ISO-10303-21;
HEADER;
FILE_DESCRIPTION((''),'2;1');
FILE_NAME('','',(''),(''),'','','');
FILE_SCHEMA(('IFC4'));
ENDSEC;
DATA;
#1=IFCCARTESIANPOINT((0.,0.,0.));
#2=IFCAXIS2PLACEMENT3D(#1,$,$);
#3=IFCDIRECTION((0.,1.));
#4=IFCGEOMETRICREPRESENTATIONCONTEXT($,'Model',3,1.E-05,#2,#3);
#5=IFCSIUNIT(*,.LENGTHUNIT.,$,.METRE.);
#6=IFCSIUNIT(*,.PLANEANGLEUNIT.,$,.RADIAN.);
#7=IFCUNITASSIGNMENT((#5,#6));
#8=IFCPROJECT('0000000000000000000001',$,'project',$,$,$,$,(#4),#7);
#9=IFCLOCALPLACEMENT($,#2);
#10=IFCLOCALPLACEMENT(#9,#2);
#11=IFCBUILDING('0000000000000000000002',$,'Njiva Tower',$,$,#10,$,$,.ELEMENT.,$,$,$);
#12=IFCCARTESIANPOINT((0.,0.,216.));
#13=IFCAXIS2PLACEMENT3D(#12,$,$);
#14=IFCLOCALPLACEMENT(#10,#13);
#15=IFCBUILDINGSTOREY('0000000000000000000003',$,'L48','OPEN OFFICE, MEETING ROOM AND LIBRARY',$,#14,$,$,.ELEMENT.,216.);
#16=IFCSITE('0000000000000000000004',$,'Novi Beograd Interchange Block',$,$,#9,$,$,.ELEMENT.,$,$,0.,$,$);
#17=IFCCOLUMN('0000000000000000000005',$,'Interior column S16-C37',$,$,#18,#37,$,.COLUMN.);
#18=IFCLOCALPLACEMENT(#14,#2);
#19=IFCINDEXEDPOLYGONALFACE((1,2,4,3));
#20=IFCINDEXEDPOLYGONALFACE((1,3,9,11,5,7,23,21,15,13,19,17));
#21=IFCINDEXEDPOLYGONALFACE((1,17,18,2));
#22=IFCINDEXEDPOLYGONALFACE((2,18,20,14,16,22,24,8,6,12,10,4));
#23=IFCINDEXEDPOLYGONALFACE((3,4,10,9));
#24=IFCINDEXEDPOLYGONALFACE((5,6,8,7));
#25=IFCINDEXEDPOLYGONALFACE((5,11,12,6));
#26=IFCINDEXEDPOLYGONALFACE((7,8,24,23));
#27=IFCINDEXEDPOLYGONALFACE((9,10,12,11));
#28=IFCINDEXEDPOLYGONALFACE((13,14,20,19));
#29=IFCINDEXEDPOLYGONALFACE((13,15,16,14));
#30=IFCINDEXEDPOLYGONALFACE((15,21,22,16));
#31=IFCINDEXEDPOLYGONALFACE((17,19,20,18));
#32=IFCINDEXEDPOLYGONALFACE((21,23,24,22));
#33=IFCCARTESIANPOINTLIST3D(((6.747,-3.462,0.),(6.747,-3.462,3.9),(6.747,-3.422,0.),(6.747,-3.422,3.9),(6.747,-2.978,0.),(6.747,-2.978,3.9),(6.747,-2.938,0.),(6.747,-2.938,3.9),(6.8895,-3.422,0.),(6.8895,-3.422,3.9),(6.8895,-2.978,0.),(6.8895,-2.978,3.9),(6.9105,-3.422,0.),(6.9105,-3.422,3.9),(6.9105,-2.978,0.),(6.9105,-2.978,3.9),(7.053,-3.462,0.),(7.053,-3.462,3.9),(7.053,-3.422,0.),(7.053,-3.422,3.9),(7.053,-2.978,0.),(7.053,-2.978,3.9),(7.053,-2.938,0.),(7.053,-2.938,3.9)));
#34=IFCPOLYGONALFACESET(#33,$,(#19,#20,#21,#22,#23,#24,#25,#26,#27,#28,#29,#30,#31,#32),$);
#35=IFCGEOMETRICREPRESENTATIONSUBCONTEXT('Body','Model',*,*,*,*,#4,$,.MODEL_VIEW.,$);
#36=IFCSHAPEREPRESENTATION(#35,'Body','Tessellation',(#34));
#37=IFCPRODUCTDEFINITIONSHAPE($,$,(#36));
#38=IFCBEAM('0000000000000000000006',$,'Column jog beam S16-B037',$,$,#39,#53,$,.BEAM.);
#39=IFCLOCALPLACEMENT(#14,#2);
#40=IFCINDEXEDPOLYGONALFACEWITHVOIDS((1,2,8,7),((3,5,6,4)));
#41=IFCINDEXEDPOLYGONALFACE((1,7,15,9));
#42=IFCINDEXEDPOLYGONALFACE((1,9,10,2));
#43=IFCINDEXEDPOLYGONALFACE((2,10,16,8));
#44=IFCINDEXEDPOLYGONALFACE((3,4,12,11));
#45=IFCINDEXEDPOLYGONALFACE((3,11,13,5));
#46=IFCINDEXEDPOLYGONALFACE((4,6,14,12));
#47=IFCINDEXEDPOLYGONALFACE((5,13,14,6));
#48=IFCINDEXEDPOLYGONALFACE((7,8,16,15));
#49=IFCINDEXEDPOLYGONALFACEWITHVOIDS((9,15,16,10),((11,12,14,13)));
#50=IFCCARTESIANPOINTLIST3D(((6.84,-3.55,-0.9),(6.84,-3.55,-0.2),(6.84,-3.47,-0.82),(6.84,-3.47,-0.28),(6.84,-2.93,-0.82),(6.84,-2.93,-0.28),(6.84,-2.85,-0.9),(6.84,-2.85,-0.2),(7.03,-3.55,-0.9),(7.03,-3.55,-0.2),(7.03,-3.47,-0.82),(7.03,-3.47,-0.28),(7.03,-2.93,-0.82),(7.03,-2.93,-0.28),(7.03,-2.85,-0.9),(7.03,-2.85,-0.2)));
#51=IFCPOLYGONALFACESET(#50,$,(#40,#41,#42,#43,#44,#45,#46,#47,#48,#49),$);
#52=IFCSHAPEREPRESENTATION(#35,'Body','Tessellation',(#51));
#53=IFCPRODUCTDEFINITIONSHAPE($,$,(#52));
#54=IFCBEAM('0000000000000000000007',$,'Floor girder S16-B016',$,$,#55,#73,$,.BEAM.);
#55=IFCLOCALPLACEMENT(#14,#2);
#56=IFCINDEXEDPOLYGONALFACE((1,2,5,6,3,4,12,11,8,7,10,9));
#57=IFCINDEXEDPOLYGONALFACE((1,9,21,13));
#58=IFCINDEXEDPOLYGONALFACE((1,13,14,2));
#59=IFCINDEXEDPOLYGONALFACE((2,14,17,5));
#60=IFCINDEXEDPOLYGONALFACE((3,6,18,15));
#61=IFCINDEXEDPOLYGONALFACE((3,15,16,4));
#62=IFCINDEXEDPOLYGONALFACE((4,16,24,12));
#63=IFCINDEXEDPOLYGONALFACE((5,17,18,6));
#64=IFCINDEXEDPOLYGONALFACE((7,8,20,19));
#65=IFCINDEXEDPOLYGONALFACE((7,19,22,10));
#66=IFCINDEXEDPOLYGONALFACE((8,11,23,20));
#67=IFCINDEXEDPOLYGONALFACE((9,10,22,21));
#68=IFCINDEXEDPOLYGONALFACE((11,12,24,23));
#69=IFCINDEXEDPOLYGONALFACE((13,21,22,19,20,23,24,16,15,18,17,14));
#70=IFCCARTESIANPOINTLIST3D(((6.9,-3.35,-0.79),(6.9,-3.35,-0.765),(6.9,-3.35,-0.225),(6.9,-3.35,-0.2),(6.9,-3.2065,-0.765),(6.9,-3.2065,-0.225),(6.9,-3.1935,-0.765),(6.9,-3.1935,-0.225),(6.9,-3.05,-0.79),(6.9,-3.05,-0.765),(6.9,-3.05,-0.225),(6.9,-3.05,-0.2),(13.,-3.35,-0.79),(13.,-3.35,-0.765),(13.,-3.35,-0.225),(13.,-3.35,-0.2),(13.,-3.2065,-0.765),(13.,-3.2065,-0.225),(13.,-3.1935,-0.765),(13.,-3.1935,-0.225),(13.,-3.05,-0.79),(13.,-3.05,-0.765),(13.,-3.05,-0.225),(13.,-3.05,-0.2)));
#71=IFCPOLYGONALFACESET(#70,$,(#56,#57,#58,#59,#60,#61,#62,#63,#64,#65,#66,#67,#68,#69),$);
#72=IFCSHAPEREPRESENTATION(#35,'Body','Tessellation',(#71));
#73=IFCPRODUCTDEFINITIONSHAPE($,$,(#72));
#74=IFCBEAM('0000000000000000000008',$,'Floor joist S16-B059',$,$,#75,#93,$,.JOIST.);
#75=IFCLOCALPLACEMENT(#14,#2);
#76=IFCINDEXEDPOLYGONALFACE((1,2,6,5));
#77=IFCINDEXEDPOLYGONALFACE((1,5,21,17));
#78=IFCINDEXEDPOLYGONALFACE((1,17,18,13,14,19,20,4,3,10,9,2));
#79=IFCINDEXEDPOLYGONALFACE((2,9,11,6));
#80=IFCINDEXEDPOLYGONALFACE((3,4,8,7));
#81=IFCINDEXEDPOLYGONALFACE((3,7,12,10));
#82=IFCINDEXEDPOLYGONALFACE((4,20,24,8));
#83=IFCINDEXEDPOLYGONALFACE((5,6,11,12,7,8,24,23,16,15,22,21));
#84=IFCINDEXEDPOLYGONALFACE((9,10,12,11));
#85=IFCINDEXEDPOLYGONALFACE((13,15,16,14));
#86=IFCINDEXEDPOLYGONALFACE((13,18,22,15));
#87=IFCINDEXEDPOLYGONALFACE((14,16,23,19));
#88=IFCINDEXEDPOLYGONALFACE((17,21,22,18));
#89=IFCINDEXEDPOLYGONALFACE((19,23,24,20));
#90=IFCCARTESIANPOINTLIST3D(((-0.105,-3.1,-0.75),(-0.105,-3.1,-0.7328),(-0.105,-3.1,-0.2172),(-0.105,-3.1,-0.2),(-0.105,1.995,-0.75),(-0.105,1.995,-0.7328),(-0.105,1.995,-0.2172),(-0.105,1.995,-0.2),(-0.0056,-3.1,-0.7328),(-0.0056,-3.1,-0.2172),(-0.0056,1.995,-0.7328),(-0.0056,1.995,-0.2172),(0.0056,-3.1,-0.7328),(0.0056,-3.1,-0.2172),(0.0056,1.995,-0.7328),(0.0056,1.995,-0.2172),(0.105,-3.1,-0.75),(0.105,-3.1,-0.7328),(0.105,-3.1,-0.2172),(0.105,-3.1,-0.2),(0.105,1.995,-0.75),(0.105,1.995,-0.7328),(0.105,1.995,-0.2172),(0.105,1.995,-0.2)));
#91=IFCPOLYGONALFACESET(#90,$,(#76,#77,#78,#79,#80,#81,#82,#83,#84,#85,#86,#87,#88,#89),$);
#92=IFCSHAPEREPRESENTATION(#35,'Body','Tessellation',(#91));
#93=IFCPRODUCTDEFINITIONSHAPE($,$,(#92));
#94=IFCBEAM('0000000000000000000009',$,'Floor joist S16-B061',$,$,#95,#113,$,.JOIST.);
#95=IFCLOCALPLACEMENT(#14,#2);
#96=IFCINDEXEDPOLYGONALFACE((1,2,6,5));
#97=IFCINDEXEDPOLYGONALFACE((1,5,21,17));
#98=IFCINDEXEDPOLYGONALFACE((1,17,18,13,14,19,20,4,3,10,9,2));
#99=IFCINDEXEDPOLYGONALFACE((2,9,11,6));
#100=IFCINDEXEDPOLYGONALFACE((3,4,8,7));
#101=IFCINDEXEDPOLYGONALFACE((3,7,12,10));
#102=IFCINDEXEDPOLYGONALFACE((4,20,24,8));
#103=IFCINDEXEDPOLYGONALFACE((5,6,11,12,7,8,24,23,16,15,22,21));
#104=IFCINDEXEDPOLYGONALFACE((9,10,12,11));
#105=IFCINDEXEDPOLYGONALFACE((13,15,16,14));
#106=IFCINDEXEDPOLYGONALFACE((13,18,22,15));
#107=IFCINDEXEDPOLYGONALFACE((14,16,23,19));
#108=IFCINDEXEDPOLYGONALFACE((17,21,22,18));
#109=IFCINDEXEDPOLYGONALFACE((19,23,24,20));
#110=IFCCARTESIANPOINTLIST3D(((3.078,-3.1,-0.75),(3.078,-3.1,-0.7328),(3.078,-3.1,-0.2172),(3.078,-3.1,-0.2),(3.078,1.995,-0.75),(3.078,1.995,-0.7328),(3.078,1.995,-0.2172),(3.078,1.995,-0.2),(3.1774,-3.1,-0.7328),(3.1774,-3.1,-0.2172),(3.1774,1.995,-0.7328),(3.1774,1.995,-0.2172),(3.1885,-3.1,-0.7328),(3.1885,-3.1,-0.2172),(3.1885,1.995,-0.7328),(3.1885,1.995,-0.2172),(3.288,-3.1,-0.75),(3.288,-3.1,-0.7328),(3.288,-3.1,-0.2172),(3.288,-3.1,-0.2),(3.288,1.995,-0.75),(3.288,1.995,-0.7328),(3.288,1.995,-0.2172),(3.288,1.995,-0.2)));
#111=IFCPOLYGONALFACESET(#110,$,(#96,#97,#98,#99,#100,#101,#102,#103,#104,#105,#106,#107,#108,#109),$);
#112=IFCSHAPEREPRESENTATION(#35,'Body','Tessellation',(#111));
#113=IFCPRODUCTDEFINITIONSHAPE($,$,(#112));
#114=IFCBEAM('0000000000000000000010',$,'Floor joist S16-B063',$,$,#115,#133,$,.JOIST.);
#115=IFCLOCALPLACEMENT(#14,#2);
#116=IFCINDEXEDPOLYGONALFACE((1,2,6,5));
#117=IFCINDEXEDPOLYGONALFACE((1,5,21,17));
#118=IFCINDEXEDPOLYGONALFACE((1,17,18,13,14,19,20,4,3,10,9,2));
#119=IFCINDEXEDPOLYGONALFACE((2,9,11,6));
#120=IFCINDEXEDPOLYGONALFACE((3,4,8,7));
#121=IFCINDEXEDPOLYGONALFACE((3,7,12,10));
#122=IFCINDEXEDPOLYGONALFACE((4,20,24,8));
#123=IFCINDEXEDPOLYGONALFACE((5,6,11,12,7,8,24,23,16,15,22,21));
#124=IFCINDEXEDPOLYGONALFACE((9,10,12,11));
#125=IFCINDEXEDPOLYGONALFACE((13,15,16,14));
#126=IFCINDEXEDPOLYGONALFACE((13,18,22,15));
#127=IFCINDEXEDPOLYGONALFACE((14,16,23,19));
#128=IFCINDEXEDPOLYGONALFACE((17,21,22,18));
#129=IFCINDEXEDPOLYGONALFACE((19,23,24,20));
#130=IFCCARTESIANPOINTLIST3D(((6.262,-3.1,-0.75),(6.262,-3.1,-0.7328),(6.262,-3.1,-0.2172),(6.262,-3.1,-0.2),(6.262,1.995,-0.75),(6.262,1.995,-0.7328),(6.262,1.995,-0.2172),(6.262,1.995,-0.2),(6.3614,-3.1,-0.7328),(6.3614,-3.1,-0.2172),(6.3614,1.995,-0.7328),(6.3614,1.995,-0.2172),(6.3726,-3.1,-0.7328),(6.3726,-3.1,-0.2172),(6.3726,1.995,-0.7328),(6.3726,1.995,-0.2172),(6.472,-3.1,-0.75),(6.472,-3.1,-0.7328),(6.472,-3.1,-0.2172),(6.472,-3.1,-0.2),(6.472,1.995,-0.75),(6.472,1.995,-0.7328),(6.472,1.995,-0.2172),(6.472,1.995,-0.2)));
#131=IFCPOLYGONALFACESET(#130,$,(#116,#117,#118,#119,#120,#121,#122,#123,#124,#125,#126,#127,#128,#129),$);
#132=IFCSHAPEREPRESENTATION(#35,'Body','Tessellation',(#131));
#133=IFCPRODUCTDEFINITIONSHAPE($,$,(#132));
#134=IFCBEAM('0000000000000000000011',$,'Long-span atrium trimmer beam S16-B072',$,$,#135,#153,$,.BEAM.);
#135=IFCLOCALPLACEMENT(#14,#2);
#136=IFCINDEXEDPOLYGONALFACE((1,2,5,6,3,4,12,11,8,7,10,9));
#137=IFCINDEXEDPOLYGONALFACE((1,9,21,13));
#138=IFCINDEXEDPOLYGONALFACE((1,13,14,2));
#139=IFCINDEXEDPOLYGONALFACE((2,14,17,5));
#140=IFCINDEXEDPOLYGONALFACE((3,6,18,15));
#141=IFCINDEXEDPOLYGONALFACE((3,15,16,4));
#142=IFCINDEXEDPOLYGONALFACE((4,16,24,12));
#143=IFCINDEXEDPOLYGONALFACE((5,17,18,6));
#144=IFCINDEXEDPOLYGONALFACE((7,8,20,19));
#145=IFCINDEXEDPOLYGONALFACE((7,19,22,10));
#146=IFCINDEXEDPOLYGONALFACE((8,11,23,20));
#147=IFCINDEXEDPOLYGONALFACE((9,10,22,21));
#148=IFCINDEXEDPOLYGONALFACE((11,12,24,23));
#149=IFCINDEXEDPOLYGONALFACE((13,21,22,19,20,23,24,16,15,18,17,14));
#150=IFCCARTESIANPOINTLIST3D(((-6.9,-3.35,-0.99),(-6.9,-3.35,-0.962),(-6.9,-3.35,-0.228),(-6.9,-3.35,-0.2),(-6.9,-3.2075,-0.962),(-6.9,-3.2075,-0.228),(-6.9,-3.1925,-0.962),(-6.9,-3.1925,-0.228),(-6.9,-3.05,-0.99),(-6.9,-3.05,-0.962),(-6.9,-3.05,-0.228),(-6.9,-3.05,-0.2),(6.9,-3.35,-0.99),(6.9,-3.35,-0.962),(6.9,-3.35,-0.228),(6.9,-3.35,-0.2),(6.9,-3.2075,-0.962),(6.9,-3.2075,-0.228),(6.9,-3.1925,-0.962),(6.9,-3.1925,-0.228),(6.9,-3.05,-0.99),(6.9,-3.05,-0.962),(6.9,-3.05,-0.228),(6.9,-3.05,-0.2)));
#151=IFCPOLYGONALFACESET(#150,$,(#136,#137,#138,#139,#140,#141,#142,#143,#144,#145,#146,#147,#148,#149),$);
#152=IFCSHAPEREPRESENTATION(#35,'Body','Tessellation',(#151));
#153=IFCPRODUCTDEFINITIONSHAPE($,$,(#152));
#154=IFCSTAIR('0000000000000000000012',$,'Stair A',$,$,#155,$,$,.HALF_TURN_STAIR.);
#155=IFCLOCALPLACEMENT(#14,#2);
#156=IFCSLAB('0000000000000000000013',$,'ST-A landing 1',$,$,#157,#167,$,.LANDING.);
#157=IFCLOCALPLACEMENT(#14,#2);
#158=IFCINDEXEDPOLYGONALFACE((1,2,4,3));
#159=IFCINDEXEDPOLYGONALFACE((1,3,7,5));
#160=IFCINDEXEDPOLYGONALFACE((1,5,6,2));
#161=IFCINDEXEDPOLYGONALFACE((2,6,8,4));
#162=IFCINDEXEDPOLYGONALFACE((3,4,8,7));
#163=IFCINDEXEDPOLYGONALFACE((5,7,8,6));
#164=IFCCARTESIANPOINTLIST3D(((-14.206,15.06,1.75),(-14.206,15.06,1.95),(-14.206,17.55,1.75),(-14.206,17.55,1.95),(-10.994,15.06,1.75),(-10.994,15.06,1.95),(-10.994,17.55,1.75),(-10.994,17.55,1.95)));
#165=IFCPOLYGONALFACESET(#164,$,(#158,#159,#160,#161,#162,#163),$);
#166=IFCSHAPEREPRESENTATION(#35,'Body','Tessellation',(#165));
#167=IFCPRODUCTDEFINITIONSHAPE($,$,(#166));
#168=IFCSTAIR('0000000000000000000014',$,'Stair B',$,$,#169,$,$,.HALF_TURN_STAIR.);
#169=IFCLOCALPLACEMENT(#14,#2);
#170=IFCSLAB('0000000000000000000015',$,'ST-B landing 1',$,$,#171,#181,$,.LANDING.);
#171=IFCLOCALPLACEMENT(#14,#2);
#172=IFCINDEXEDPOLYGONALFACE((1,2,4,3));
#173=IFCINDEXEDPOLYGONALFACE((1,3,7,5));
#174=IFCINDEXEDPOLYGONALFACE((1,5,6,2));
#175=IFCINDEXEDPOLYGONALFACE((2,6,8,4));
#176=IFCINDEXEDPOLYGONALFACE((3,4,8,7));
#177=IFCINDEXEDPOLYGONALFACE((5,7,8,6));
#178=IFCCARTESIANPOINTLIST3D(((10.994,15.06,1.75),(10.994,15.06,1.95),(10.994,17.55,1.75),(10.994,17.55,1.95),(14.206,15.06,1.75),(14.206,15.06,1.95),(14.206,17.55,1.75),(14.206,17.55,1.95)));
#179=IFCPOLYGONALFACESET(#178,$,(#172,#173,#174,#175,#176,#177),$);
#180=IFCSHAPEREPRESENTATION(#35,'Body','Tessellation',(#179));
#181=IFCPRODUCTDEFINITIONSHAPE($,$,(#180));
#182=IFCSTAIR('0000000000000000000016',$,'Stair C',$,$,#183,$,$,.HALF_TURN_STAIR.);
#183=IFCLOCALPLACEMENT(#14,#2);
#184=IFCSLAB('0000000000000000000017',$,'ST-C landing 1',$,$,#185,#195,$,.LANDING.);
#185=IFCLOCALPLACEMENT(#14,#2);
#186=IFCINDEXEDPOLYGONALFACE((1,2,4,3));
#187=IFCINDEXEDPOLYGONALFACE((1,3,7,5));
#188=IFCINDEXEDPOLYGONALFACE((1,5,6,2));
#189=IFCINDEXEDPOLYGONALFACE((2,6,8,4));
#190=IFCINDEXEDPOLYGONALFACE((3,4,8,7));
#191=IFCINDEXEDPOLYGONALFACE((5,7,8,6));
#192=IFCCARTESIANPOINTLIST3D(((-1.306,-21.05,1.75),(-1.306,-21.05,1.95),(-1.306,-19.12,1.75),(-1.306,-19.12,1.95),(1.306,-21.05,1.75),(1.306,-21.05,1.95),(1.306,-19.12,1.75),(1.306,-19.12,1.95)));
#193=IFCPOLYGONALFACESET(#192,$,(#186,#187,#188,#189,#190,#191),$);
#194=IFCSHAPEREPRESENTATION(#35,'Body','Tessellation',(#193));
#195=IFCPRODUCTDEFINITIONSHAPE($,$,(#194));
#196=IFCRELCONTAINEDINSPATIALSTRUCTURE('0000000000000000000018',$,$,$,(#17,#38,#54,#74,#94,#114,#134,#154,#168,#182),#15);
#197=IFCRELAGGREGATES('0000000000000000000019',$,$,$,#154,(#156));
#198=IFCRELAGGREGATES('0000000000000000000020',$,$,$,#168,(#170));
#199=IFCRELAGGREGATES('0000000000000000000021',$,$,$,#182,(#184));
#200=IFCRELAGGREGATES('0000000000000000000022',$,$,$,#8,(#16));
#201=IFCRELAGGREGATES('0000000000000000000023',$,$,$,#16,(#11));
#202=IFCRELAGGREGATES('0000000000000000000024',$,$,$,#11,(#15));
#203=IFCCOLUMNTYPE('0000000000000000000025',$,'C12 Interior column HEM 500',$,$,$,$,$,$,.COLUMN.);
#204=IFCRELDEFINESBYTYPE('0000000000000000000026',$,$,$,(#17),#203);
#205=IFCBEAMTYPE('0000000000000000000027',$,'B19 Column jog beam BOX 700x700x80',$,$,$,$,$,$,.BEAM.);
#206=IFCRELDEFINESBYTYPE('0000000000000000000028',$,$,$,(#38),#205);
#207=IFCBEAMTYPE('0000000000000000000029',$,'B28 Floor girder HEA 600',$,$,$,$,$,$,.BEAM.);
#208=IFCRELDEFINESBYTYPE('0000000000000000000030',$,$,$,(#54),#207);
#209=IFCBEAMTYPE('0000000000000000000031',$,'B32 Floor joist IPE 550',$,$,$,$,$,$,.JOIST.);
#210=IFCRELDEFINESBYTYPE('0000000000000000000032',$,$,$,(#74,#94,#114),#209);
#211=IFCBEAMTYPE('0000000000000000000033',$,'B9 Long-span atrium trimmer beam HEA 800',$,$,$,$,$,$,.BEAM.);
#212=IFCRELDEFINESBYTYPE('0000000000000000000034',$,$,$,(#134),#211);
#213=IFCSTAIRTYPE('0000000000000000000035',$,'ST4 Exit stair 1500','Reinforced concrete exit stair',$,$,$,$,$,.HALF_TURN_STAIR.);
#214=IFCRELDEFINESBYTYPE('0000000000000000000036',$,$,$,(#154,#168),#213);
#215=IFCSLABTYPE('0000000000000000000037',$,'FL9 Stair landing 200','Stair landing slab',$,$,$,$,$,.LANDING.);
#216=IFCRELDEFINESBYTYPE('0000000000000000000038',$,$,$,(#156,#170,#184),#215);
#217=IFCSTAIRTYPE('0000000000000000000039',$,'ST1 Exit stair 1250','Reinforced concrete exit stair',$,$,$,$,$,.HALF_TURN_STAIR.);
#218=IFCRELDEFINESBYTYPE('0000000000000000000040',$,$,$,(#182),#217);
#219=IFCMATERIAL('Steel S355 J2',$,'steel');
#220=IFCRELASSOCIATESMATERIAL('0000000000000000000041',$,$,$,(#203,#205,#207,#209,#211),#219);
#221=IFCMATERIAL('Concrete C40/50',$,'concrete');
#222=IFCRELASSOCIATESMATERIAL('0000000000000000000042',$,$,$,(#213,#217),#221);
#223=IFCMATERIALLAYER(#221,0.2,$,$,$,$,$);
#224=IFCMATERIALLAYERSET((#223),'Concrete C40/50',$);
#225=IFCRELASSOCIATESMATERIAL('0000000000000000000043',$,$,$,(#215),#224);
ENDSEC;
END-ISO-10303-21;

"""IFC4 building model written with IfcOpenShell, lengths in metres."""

from ifc_helpers import new_model, si_unit, direction, frame, origin, origin_2d, place, context, subcontext, project, spatial, polyline, hollow_rectangle, i_section, outline, extrude, material, layer, layer_set, material_profile, profile_set, type_object, element, aggregate, save


model = new_model("IFC4")

# Units and contexts
model_context = context("Model", 3, precision=1e-05, world=origin(), true_north=direction((0.0, 1.0)))
body_context = subcontext(model_context, "Body", "Model", "MODEL_VIEW")
ifc_project = project(units=[si_unit("LENGTHUNIT", "METRE"), si_unit("PLANEANGLEUNIT", "RADIAN")], contexts=[model_context])

# Site, building, storey
site_placement = place(None, origin())
site = spatial("IfcSite", under=ifc_project, at=site_placement, Name="Novi Beograd Interchange Block", CompositionType="ELEMENT", RefElevation=0.0)
building_placement = place(site_placement, origin())
building = spatial("IfcBuilding", under=site, at=building_placement, Name="Njiva Tower", CompositionType="ELEMENT")
storey_placement = place(building_placement, frame((0.0, 0.0, 216.0)))
storey = spatial("IfcBuildingStorey", under=building, at=storey_placement, Name="L48", Description="OPEN OFFICE, MEETING ROOM AND LIBRARY", CompositionType="ELEMENT", Elevation=216.0)

# Column
ifc_material_1 = material(Name="Steel S355 J2", Category="steel")
ifc_material_profile_1 = material_profile(ifc_material_1, i_section(OverallWidth=0.306, OverallDepth=0.524, WebThickness=0.021, FlangeThickness=0.04, at=origin_2d()), Name="HEM 500")
ifc_profile_set_1 = profile_set([ifc_material_profile_1], Name="Steel S355 J2")
column_type = type_object("IfcColumnType", Name="C12 Interior column HEM 500", PredefinedType="COLUMN", material=ifc_profile_set_1)
column_placement = place(storey_placement, frame((6.9, -3.2, 0.0), z_axis=(0.0, 0.0, 1.0), x_axis=(1.0, 0.0, 0.0)))
element("IfcColumn", 1, at=column_placement, inside=storey, type_object=column_type, Name="Interior column S16-C37", PredefinedType="COLUMN", context=body_context, shape_type="SweptSolid", body=[
    extrude(i_section(OverallWidth=0.306, OverallDepth=0.524, WebThickness=0.021, FlangeThickness=0.04, at=origin_2d()), origin(), (0.0, 0.0, 1.0), 3.9),
])

# Beams
ifc_material_profile_2 = material_profile(ifc_material_1, hollow_rectangle(XDim=0.7, YDim=0.7, WallThickness=0.08, at=origin_2d()), Name="BOX 700x700x80")
ifc_profile_set_2 = profile_set([ifc_material_profile_2], Name="Steel S355 J2")
beam_type_1 = type_object("IfcBeamType", Name="B19 Column jog beam BOX 700x700x80", PredefinedType="BEAM", material=ifc_profile_set_2)
beam_1_placement = place(storey_placement, frame((7.03, -3.2, -0.55), z_axis=(-1.0, 0.0, 0.0), x_axis=(0.0, -1.0, 0.0)))
element("IfcBeam", 2, at=beam_1_placement, inside=storey, type_object=beam_type_1, Name="Column jog beam S16-B037", PredefinedType="BEAM", context=body_context, shape_type="SweptSolid", body=[
    extrude(hollow_rectangle(XDim=0.7, YDim=0.7, WallThickness=0.08, at=origin_2d()), origin(), (0.0, 0.0, 1.0), 0.19),
])
ifc_material_profile_3 = material_profile(ifc_material_1, i_section(OverallWidth=0.3, OverallDepth=0.59, WebThickness=0.013, FlangeThickness=0.025, at=origin_2d()), Name="HEA 600")
ifc_profile_set_3 = profile_set([ifc_material_profile_3], Name="Steel S355 J2")
beam_type_2 = type_object("IfcBeamType", Name="B28 Floor girder HEA 600", PredefinedType="BEAM", material=ifc_profile_set_3)
beam_2_placement = place(storey_placement, frame((6.9, -3.2, -0.495), z_axis=(1.0, 0.0, 0.0), x_axis=(0.0, 1.0, 0.0)))
element("IfcBeam", 3, at=beam_2_placement, inside=storey, type_object=beam_type_2, Name="Floor girder S16-B016", PredefinedType="BEAM", context=body_context, shape_type="SweptSolid", body=[
    extrude(i_section(OverallWidth=0.3, OverallDepth=0.59, WebThickness=0.013, FlangeThickness=0.025, at=origin_2d()), origin(), (0.0, 0.0, 1.0), 6.1),
])
ifc_material_profile_4 = material_profile(ifc_material_1, i_section(OverallWidth=0.21, OverallDepth=0.55, WebThickness=0.0111, FlangeThickness=0.0172, at=origin_2d()), Name="IPE 550")
ifc_profile_set_4 = profile_set([ifc_material_profile_4], Name="Steel S355 J2")
beam_type_3 = type_object("IfcBeamType", Name="B32 Floor joist IPE 550", PredefinedType="JOIST", material=ifc_profile_set_4)
for number, where, z_axis, x_axis, name in (
    (4, (0.0, 1.995, -0.475), (0.0, -1.0, 0.0), (1.0, 0.0, 0.0), "Floor joist S16-B059"),
    (5, (3.183, 1.995, -0.475), (0.0, -1.0, 0.0), (1.0, 0.0, 0.0), "Floor joist S16-B061"),
    (6, (6.367, 1.995, -0.475), (0.0, -1.0, 0.0), (1.0, 0.0, 0.0), "Floor joist S16-B063"),
):
    element("IfcBeam", number, at=place(storey_placement, frame(where, z_axis=z_axis, x_axis=x_axis)), inside=storey, type_object=beam_type_3, Name=name, PredefinedType="JOIST", context=body_context, shape_type="SweptSolid", body=[
        extrude(i_section(OverallWidth=0.21, OverallDepth=0.55, WebThickness=0.0111, FlangeThickness=0.0172, at=origin_2d()), origin(), (0.0, 0.0, 1.0), 5.095),
    ])
ifc_material_profile_5 = material_profile(ifc_material_1, i_section(OverallWidth=0.3, OverallDepth=0.79, WebThickness=0.015, FlangeThickness=0.028, at=origin_2d()), Name="HEA 800")
ifc_profile_set_5 = profile_set([ifc_material_profile_5], Name="Steel S355 J2")
beam_type_4 = type_object("IfcBeamType", Name="B9 Long-span atrium trimmer beam HEA 800", PredefinedType="BEAM", material=ifc_profile_set_5)
beam_3_placement = place(storey_placement, frame((6.9, -3.2, -0.595), z_axis=(-1.0, 0.0, 0.0), x_axis=(0.0, -1.0, 0.0)))
element("IfcBeam", 7, at=beam_3_placement, inside=storey, type_object=beam_type_4, Name="Long-span atrium trimmer beam S16-B072", PredefinedType="BEAM", context=body_context, shape_type="SweptSolid", body=[
    extrude(i_section(OverallWidth=0.3, OverallDepth=0.79, WebThickness=0.015, FlangeThickness=0.028, at=origin_2d()), origin(), (0.0, 0.0, 1.0), 13.8),
])

# Stairs, slabs
ifc_material_2 = material(Name="Concrete C40/50", Category="concrete")
stair_type_1 = type_object("IfcStairType", Name="ST4 Exit stair 1500", Description="Reinforced concrete exit stair", PredefinedType="HALF_TURN_STAIR", material=ifc_material_2)
stair_1_placement = place(storey_placement, origin())
stair_1 = element("IfcStair", 8, at=stair_1_placement, inside=storey, type_object=stair_type_1, Name="Stair A", PredefinedType="HALF_TURN_STAIR")
ifc_layer_1 = layer(ifc_material_2, 0.2)
ifc_layer_set_1 = layer_set([ifc_layer_1], Name="Concrete C40/50")
slab_type_1 = type_object("IfcSlabType", Name="FL9 Stair landing 200", Description="Stair landing slab", PredefinedType="LANDING", material=ifc_layer_set_1)
slab_1_placement = place(storey_placement, frame((0.0, 0.0, 1.75)))
slab_1 = element("IfcSlab", 9, at=slab_1_placement, type_object=slab_type_1, Name="ST-A landing 1", PredefinedType="LANDING", context=body_context, shape_type="SweptSolid", body=[
    extrude(outline(polyline([(-14.206, 15.06), (-10.994, 15.06), (-10.994, 17.55), (-14.206, 17.55), (-14.206, 15.06)])), origin(), (0.0, 0.0, 1.0), 0.2),
])
aggregate(stair_1, [slab_1])
stair_2_placement = place(storey_placement, origin())
stair_2 = element("IfcStair", 10, at=stair_2_placement, inside=storey, type_object=stair_type_1, Name="Stair B", PredefinedType="HALF_TURN_STAIR")
slab_2_placement = place(storey_placement, frame((0.0, 0.0, 1.75)))
slab_2 = element("IfcSlab", 11, at=slab_2_placement, type_object=slab_type_1, Name="ST-B landing 1", PredefinedType="LANDING", context=body_context, shape_type="SweptSolid", body=[
    extrude(outline(polyline([(10.994, 15.06), (14.206, 15.06), (14.206, 17.55), (10.994, 17.55), (10.994, 15.06)])), origin(), (0.0, 0.0, 1.0), 0.2),
])
aggregate(stair_2, [slab_2])
stair_type_2 = type_object("IfcStairType", Name="ST1 Exit stair 1250", Description="Reinforced concrete exit stair", PredefinedType="HALF_TURN_STAIR", material=ifc_material_2)
stair_3_placement = place(storey_placement, origin())
stair_3 = element("IfcStair", 12, at=stair_3_placement, inside=storey, type_object=stair_type_2, Name="Stair C", PredefinedType="HALF_TURN_STAIR")
slab_3_placement = place(storey_placement, frame((0.0, 0.0, 1.75)))
slab_3 = element("IfcSlab", 13, at=slab_3_placement, type_object=slab_type_1, Name="ST-C landing 1", PredefinedType="LANDING", context=body_context, shape_type="SweptSolid", body=[
    extrude(outline(polyline([(-1.306, -21.05), (1.306, -21.05), (1.306, -19.12), (-1.306, -19.12), (-1.306, -21.05)])), origin(), (0.0, 0.0, 1.0), 0.2),
])
aggregate(stair_3, [slab_3])

save(model, "model.ifc")
